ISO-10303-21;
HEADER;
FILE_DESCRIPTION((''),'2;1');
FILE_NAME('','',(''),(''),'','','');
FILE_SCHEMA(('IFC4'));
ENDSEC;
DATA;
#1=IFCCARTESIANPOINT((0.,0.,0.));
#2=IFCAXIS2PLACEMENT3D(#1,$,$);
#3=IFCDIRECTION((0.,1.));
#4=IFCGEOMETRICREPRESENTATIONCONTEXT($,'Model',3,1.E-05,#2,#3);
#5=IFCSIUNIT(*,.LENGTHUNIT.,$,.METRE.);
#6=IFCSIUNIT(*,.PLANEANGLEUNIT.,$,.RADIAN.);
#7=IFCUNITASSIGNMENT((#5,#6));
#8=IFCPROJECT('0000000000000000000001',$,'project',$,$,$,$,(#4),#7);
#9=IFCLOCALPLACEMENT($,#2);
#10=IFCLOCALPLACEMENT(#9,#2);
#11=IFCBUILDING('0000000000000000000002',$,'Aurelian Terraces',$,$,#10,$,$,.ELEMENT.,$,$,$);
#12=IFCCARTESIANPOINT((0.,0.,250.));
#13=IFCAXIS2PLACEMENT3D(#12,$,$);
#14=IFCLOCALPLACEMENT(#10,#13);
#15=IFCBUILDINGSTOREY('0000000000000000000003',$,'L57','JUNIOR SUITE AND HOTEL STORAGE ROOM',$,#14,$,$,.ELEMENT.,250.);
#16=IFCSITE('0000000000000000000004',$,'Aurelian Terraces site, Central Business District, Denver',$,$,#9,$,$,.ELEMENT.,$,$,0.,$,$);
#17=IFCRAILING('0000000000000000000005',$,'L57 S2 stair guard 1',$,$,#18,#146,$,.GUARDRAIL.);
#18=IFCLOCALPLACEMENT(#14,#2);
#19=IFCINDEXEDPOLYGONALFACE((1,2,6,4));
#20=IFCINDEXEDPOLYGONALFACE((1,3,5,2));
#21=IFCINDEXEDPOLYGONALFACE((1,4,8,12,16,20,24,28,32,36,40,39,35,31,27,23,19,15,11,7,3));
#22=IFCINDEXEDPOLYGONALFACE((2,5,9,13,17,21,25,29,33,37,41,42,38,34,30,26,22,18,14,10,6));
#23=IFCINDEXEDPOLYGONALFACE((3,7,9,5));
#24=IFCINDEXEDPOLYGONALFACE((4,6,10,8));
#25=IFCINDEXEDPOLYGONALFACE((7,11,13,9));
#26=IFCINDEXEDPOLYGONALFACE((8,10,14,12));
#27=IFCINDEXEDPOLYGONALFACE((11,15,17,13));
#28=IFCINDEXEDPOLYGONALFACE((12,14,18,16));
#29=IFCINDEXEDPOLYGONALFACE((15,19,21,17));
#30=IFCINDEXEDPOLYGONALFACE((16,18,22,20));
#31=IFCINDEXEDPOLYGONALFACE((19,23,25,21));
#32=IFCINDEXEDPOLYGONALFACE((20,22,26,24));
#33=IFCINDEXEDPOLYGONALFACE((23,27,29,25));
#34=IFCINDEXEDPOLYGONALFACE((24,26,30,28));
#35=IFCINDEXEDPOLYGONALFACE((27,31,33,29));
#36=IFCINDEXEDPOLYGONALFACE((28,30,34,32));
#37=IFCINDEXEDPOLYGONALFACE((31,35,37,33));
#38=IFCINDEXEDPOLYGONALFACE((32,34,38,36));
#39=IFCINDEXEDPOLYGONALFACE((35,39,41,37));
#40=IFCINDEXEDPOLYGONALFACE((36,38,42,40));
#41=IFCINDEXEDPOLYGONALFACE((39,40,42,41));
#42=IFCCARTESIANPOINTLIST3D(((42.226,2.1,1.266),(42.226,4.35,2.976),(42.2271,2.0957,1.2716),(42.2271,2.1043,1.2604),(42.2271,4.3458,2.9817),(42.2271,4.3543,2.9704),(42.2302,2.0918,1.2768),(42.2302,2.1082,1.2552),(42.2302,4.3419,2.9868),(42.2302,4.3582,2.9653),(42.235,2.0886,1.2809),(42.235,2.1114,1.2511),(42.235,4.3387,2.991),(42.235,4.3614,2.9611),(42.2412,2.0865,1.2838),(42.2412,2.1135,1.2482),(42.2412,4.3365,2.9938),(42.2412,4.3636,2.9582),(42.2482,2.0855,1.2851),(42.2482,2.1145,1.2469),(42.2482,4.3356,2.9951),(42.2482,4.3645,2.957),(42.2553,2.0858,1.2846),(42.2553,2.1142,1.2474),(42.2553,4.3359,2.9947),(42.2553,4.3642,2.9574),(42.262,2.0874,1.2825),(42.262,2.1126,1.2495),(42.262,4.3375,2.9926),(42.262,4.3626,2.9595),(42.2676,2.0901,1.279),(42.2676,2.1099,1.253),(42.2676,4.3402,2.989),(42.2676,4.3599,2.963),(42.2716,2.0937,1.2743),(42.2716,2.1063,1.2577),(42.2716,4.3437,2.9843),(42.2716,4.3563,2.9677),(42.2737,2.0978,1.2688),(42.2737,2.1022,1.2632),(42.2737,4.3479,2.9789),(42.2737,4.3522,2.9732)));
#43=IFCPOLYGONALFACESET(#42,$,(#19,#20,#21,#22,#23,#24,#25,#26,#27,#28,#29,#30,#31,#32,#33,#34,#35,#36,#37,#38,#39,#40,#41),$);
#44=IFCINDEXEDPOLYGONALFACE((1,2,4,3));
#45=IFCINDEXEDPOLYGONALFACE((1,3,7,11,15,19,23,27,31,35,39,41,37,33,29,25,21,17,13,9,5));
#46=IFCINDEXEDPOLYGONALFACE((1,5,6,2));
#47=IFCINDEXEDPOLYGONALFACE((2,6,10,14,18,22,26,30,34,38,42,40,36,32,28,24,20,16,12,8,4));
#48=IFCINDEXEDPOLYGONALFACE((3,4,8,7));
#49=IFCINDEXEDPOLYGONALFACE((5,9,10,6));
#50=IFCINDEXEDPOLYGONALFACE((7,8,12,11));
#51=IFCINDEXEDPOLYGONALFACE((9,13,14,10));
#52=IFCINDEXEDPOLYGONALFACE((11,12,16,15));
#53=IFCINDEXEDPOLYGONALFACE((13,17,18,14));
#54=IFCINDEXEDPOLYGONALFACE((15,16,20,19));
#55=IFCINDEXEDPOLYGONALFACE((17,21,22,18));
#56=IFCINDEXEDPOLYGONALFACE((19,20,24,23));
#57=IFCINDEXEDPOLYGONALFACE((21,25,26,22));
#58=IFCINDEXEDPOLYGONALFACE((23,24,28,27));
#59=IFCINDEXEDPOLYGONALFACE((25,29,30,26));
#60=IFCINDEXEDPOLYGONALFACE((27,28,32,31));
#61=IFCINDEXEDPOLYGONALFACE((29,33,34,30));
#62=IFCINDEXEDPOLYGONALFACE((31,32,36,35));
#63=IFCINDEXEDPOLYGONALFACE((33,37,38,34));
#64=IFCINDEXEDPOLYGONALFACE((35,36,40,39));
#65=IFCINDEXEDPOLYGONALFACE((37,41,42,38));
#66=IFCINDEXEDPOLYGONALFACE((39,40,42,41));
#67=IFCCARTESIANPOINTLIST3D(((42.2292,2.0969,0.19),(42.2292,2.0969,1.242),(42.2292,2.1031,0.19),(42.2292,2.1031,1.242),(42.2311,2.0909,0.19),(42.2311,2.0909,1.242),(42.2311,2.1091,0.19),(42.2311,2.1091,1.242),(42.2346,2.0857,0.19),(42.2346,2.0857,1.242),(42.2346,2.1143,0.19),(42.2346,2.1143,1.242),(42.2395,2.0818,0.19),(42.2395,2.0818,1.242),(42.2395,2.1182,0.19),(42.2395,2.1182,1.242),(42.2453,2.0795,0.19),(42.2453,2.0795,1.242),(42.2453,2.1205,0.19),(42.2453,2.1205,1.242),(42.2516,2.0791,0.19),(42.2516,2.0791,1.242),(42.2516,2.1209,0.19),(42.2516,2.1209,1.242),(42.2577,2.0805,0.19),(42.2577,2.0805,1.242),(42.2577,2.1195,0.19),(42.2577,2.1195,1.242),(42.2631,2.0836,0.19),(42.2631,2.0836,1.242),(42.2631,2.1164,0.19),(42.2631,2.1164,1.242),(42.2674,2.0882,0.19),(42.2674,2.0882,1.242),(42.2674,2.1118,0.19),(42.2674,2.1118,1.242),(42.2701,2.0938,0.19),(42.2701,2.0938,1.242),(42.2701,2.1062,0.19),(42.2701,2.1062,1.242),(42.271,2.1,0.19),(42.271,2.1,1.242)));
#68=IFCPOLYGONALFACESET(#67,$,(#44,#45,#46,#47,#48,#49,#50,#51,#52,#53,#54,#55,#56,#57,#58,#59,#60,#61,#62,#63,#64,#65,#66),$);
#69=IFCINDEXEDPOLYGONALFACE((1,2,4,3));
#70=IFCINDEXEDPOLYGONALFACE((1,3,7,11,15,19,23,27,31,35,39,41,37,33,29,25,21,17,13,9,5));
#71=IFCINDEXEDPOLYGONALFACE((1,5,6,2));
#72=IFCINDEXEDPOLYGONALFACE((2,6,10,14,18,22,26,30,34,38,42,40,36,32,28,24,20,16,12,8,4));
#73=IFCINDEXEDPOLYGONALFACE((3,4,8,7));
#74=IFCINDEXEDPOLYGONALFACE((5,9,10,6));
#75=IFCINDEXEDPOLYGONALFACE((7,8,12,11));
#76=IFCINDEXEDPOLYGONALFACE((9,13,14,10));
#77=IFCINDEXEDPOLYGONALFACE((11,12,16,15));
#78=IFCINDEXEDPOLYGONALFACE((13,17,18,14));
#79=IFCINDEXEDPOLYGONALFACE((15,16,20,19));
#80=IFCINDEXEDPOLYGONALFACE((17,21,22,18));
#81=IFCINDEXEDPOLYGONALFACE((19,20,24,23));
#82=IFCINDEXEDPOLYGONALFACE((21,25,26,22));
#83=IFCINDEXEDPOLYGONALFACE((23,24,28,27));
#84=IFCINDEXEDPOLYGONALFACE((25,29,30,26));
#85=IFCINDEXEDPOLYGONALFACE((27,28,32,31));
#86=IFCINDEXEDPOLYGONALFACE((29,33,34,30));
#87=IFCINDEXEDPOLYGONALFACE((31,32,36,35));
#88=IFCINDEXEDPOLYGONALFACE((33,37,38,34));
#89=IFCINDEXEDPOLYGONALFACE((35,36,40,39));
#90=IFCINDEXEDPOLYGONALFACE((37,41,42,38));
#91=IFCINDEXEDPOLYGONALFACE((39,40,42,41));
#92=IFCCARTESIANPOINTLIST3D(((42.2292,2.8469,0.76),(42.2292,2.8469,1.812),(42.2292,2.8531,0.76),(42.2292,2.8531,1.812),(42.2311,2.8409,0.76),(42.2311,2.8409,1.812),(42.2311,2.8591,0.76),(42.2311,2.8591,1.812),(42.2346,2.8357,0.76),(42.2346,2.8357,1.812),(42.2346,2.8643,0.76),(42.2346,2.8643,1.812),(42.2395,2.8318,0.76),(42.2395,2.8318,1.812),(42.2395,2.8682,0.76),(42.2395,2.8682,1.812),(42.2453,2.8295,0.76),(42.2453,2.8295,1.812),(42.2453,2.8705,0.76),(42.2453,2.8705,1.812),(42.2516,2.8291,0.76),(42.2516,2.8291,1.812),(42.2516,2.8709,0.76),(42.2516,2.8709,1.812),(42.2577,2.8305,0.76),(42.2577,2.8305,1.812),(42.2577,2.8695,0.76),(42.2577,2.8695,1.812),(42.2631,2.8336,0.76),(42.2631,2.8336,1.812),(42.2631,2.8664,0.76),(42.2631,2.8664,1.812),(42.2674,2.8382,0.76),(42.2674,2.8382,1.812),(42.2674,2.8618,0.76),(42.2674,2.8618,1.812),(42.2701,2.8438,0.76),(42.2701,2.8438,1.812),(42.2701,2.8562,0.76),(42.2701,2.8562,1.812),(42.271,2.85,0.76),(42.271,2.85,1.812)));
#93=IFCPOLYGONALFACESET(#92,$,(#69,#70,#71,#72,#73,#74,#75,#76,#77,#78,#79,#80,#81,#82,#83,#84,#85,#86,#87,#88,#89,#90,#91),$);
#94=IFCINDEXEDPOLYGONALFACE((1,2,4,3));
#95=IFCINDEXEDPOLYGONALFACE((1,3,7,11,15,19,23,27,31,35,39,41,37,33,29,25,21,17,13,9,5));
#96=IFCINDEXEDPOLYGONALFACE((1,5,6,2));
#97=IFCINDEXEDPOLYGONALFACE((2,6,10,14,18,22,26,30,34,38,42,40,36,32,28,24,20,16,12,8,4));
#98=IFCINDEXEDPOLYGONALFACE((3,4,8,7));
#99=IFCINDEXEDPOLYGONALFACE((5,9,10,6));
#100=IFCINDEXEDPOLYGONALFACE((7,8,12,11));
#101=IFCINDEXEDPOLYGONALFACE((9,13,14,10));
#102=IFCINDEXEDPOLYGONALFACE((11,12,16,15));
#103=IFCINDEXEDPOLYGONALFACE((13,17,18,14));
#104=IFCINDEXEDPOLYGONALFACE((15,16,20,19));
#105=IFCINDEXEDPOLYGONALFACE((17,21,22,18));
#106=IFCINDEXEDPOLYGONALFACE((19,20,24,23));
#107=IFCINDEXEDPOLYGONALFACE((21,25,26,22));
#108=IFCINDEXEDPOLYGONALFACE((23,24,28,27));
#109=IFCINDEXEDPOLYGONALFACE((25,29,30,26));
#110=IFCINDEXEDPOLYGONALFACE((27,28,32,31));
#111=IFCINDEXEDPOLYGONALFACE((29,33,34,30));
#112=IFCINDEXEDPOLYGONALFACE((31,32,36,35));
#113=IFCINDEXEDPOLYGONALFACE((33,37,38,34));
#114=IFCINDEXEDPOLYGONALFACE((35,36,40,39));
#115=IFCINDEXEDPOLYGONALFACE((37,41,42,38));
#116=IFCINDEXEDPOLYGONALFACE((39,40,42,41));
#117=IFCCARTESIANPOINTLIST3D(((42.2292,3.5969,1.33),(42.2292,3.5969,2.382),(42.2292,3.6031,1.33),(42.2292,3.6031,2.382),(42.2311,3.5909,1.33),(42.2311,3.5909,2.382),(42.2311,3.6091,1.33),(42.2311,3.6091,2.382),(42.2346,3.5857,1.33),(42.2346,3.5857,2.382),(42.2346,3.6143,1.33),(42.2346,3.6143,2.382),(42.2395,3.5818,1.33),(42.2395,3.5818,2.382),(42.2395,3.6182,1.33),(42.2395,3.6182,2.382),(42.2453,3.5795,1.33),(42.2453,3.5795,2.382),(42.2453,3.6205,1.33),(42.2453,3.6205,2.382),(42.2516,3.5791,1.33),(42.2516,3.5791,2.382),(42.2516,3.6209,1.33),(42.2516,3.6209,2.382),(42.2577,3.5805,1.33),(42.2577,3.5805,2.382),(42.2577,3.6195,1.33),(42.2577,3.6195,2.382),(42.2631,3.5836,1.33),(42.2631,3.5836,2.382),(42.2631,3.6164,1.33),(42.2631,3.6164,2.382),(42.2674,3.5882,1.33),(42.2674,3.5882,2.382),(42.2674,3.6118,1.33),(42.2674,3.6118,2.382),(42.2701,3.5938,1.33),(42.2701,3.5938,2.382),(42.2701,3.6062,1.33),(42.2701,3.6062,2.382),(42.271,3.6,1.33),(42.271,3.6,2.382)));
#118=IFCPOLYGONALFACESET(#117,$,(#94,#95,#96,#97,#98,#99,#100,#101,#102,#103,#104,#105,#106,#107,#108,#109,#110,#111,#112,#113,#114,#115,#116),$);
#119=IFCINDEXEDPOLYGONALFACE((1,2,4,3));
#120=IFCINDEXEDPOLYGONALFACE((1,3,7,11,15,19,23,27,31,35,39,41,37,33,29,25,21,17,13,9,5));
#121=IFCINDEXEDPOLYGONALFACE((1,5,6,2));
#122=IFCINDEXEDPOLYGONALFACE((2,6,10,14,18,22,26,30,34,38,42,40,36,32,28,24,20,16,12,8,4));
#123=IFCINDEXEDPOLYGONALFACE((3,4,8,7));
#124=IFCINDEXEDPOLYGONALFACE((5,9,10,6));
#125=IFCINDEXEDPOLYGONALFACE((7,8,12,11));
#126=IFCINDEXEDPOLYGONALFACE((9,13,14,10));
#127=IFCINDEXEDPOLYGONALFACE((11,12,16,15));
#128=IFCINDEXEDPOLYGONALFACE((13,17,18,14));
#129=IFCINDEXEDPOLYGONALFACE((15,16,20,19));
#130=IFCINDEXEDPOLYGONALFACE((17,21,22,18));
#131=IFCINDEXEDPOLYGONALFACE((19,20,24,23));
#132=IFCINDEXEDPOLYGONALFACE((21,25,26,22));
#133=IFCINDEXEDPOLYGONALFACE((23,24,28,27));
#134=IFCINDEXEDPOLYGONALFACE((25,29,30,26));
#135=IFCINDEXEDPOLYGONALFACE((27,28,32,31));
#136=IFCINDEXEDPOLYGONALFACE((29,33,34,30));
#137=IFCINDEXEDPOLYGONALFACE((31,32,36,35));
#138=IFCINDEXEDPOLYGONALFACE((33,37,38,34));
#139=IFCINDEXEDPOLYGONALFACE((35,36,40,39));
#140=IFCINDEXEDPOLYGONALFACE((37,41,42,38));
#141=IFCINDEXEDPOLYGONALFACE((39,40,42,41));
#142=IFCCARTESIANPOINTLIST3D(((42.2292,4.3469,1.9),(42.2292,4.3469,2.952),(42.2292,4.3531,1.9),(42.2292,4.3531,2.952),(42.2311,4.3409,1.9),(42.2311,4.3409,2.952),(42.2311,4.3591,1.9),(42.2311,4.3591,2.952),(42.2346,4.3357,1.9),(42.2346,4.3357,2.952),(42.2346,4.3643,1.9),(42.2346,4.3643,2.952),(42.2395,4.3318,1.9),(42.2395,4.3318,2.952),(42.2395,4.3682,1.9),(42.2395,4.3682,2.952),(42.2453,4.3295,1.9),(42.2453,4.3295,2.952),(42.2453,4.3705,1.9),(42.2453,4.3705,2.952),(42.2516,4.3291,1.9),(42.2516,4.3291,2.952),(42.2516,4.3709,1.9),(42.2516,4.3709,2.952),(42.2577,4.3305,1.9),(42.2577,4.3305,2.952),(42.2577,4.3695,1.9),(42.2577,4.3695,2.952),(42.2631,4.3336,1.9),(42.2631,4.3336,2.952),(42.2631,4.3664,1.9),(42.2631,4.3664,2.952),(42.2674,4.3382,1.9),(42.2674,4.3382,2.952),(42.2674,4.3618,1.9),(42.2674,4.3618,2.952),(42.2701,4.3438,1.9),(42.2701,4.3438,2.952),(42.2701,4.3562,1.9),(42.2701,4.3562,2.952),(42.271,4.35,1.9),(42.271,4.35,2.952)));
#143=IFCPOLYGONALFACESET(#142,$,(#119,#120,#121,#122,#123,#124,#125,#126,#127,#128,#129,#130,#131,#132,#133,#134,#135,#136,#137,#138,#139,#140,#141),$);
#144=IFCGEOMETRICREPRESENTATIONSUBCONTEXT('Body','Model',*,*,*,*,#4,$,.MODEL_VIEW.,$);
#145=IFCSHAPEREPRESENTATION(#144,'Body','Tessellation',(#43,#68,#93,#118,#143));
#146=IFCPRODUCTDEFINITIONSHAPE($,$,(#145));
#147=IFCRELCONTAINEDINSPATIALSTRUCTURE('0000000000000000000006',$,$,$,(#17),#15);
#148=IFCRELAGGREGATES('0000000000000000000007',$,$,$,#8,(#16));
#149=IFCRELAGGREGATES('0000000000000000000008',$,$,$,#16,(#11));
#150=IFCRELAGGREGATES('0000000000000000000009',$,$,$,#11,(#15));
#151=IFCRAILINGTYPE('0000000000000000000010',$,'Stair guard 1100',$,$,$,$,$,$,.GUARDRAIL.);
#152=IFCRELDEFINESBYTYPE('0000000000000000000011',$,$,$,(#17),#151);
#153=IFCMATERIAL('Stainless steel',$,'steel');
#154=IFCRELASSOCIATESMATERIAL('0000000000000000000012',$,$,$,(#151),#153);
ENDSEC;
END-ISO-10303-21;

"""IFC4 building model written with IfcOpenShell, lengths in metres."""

from ifc_helpers import new_model, si_unit, direction, frame, origin, origin_2d, place, context, subcontext, project, spatial, circle, extrude, source, transform, mapped, material, type_object, element, save


model = new_model("IFC4")

# Units and contexts
model_context = context("Model", 3, precision=1e-05, world=origin(), true_north=direction((0.0, 1.0)))
body_context = subcontext(model_context, "Body", "Model", "MODEL_VIEW")
ifc_project = project(units=[si_unit("LENGTHUNIT", "METRE"), si_unit("PLANEANGLEUNIT", "RADIAN")], contexts=[model_context])

# Site, building, storey
site_placement = place(None, origin())
site = spatial("IfcSite", under=ifc_project, at=site_placement, Name="Aurelian Terraces site, Central Business District, Denver", CompositionType="ELEMENT", RefElevation=0.0)
building_placement = place(site_placement, origin())
building = spatial("IfcBuilding", under=site, at=building_placement, Name="Aurelian Terraces", CompositionType="ELEMENT")
storey_placement = place(building_placement, frame((0.0, 0.0, 250.0)))
storey = spatial("IfcBuildingStorey", under=building, at=storey_placement, Name="L57", Description="JUNIOR SUITE AND HOTEL STORAGE ROOM", CompositionType="ELEMENT", Elevation=250.0)

# Railing
ifc_material_1 = material(Name="Stainless steel", Category="steel")
railing_type_1 = type_object("IfcRailingType", Name="Stair guard 1100", PredefinedType="GUARDRAIL", material=ifc_material_1)
shared_shape_1 = source(origin(), body_context, "Body", "SweptSolid", [
    extrude(circle(Radius=0.024, at=origin_2d()), frame((0.0, 0.0, 1.076), z_axis=(0.0, 0.796162, 0.605083), x_axis=(-1.0, 0.0, 0.0)), (0.0, 0.0, 1.0), 2.8261),
    extrude(circle(Radius=0.021, at=origin_2d()), origin(), (0.0, 0.0, 1.0), 1.052),
    extrude(circle(Radius=0.021, at=origin_2d()), frame((0.0, 0.75, 0.57)), (0.0, 0.0, 1.0), 1.052),
    extrude(circle(Radius=0.021, at=origin_2d()), frame((0.0, 1.5, 1.14)), (0.0, 0.0, 1.0), 1.052),
    extrude(circle(Radius=0.021, at=origin_2d()), frame((0.0, 2.25, 1.71)), (0.0, 0.0, 1.0), 1.052),
])
railing_1_placement = place(storey_placement, frame((42.25, 2.1, 0.19)))
element("IfcRailing", 1, at=railing_1_placement, inside=storey, type_object=railing_type_1, Name="L57 S2 stair guard 1", PredefinedType="GUARDRAIL", context=body_context, shape_type="MappedRepresentation", body=[
    mapped(shared_shape_1, transform((0.0, 0.0, 0.0), scale=1.0)),
])

save(model, "model.ifc")
